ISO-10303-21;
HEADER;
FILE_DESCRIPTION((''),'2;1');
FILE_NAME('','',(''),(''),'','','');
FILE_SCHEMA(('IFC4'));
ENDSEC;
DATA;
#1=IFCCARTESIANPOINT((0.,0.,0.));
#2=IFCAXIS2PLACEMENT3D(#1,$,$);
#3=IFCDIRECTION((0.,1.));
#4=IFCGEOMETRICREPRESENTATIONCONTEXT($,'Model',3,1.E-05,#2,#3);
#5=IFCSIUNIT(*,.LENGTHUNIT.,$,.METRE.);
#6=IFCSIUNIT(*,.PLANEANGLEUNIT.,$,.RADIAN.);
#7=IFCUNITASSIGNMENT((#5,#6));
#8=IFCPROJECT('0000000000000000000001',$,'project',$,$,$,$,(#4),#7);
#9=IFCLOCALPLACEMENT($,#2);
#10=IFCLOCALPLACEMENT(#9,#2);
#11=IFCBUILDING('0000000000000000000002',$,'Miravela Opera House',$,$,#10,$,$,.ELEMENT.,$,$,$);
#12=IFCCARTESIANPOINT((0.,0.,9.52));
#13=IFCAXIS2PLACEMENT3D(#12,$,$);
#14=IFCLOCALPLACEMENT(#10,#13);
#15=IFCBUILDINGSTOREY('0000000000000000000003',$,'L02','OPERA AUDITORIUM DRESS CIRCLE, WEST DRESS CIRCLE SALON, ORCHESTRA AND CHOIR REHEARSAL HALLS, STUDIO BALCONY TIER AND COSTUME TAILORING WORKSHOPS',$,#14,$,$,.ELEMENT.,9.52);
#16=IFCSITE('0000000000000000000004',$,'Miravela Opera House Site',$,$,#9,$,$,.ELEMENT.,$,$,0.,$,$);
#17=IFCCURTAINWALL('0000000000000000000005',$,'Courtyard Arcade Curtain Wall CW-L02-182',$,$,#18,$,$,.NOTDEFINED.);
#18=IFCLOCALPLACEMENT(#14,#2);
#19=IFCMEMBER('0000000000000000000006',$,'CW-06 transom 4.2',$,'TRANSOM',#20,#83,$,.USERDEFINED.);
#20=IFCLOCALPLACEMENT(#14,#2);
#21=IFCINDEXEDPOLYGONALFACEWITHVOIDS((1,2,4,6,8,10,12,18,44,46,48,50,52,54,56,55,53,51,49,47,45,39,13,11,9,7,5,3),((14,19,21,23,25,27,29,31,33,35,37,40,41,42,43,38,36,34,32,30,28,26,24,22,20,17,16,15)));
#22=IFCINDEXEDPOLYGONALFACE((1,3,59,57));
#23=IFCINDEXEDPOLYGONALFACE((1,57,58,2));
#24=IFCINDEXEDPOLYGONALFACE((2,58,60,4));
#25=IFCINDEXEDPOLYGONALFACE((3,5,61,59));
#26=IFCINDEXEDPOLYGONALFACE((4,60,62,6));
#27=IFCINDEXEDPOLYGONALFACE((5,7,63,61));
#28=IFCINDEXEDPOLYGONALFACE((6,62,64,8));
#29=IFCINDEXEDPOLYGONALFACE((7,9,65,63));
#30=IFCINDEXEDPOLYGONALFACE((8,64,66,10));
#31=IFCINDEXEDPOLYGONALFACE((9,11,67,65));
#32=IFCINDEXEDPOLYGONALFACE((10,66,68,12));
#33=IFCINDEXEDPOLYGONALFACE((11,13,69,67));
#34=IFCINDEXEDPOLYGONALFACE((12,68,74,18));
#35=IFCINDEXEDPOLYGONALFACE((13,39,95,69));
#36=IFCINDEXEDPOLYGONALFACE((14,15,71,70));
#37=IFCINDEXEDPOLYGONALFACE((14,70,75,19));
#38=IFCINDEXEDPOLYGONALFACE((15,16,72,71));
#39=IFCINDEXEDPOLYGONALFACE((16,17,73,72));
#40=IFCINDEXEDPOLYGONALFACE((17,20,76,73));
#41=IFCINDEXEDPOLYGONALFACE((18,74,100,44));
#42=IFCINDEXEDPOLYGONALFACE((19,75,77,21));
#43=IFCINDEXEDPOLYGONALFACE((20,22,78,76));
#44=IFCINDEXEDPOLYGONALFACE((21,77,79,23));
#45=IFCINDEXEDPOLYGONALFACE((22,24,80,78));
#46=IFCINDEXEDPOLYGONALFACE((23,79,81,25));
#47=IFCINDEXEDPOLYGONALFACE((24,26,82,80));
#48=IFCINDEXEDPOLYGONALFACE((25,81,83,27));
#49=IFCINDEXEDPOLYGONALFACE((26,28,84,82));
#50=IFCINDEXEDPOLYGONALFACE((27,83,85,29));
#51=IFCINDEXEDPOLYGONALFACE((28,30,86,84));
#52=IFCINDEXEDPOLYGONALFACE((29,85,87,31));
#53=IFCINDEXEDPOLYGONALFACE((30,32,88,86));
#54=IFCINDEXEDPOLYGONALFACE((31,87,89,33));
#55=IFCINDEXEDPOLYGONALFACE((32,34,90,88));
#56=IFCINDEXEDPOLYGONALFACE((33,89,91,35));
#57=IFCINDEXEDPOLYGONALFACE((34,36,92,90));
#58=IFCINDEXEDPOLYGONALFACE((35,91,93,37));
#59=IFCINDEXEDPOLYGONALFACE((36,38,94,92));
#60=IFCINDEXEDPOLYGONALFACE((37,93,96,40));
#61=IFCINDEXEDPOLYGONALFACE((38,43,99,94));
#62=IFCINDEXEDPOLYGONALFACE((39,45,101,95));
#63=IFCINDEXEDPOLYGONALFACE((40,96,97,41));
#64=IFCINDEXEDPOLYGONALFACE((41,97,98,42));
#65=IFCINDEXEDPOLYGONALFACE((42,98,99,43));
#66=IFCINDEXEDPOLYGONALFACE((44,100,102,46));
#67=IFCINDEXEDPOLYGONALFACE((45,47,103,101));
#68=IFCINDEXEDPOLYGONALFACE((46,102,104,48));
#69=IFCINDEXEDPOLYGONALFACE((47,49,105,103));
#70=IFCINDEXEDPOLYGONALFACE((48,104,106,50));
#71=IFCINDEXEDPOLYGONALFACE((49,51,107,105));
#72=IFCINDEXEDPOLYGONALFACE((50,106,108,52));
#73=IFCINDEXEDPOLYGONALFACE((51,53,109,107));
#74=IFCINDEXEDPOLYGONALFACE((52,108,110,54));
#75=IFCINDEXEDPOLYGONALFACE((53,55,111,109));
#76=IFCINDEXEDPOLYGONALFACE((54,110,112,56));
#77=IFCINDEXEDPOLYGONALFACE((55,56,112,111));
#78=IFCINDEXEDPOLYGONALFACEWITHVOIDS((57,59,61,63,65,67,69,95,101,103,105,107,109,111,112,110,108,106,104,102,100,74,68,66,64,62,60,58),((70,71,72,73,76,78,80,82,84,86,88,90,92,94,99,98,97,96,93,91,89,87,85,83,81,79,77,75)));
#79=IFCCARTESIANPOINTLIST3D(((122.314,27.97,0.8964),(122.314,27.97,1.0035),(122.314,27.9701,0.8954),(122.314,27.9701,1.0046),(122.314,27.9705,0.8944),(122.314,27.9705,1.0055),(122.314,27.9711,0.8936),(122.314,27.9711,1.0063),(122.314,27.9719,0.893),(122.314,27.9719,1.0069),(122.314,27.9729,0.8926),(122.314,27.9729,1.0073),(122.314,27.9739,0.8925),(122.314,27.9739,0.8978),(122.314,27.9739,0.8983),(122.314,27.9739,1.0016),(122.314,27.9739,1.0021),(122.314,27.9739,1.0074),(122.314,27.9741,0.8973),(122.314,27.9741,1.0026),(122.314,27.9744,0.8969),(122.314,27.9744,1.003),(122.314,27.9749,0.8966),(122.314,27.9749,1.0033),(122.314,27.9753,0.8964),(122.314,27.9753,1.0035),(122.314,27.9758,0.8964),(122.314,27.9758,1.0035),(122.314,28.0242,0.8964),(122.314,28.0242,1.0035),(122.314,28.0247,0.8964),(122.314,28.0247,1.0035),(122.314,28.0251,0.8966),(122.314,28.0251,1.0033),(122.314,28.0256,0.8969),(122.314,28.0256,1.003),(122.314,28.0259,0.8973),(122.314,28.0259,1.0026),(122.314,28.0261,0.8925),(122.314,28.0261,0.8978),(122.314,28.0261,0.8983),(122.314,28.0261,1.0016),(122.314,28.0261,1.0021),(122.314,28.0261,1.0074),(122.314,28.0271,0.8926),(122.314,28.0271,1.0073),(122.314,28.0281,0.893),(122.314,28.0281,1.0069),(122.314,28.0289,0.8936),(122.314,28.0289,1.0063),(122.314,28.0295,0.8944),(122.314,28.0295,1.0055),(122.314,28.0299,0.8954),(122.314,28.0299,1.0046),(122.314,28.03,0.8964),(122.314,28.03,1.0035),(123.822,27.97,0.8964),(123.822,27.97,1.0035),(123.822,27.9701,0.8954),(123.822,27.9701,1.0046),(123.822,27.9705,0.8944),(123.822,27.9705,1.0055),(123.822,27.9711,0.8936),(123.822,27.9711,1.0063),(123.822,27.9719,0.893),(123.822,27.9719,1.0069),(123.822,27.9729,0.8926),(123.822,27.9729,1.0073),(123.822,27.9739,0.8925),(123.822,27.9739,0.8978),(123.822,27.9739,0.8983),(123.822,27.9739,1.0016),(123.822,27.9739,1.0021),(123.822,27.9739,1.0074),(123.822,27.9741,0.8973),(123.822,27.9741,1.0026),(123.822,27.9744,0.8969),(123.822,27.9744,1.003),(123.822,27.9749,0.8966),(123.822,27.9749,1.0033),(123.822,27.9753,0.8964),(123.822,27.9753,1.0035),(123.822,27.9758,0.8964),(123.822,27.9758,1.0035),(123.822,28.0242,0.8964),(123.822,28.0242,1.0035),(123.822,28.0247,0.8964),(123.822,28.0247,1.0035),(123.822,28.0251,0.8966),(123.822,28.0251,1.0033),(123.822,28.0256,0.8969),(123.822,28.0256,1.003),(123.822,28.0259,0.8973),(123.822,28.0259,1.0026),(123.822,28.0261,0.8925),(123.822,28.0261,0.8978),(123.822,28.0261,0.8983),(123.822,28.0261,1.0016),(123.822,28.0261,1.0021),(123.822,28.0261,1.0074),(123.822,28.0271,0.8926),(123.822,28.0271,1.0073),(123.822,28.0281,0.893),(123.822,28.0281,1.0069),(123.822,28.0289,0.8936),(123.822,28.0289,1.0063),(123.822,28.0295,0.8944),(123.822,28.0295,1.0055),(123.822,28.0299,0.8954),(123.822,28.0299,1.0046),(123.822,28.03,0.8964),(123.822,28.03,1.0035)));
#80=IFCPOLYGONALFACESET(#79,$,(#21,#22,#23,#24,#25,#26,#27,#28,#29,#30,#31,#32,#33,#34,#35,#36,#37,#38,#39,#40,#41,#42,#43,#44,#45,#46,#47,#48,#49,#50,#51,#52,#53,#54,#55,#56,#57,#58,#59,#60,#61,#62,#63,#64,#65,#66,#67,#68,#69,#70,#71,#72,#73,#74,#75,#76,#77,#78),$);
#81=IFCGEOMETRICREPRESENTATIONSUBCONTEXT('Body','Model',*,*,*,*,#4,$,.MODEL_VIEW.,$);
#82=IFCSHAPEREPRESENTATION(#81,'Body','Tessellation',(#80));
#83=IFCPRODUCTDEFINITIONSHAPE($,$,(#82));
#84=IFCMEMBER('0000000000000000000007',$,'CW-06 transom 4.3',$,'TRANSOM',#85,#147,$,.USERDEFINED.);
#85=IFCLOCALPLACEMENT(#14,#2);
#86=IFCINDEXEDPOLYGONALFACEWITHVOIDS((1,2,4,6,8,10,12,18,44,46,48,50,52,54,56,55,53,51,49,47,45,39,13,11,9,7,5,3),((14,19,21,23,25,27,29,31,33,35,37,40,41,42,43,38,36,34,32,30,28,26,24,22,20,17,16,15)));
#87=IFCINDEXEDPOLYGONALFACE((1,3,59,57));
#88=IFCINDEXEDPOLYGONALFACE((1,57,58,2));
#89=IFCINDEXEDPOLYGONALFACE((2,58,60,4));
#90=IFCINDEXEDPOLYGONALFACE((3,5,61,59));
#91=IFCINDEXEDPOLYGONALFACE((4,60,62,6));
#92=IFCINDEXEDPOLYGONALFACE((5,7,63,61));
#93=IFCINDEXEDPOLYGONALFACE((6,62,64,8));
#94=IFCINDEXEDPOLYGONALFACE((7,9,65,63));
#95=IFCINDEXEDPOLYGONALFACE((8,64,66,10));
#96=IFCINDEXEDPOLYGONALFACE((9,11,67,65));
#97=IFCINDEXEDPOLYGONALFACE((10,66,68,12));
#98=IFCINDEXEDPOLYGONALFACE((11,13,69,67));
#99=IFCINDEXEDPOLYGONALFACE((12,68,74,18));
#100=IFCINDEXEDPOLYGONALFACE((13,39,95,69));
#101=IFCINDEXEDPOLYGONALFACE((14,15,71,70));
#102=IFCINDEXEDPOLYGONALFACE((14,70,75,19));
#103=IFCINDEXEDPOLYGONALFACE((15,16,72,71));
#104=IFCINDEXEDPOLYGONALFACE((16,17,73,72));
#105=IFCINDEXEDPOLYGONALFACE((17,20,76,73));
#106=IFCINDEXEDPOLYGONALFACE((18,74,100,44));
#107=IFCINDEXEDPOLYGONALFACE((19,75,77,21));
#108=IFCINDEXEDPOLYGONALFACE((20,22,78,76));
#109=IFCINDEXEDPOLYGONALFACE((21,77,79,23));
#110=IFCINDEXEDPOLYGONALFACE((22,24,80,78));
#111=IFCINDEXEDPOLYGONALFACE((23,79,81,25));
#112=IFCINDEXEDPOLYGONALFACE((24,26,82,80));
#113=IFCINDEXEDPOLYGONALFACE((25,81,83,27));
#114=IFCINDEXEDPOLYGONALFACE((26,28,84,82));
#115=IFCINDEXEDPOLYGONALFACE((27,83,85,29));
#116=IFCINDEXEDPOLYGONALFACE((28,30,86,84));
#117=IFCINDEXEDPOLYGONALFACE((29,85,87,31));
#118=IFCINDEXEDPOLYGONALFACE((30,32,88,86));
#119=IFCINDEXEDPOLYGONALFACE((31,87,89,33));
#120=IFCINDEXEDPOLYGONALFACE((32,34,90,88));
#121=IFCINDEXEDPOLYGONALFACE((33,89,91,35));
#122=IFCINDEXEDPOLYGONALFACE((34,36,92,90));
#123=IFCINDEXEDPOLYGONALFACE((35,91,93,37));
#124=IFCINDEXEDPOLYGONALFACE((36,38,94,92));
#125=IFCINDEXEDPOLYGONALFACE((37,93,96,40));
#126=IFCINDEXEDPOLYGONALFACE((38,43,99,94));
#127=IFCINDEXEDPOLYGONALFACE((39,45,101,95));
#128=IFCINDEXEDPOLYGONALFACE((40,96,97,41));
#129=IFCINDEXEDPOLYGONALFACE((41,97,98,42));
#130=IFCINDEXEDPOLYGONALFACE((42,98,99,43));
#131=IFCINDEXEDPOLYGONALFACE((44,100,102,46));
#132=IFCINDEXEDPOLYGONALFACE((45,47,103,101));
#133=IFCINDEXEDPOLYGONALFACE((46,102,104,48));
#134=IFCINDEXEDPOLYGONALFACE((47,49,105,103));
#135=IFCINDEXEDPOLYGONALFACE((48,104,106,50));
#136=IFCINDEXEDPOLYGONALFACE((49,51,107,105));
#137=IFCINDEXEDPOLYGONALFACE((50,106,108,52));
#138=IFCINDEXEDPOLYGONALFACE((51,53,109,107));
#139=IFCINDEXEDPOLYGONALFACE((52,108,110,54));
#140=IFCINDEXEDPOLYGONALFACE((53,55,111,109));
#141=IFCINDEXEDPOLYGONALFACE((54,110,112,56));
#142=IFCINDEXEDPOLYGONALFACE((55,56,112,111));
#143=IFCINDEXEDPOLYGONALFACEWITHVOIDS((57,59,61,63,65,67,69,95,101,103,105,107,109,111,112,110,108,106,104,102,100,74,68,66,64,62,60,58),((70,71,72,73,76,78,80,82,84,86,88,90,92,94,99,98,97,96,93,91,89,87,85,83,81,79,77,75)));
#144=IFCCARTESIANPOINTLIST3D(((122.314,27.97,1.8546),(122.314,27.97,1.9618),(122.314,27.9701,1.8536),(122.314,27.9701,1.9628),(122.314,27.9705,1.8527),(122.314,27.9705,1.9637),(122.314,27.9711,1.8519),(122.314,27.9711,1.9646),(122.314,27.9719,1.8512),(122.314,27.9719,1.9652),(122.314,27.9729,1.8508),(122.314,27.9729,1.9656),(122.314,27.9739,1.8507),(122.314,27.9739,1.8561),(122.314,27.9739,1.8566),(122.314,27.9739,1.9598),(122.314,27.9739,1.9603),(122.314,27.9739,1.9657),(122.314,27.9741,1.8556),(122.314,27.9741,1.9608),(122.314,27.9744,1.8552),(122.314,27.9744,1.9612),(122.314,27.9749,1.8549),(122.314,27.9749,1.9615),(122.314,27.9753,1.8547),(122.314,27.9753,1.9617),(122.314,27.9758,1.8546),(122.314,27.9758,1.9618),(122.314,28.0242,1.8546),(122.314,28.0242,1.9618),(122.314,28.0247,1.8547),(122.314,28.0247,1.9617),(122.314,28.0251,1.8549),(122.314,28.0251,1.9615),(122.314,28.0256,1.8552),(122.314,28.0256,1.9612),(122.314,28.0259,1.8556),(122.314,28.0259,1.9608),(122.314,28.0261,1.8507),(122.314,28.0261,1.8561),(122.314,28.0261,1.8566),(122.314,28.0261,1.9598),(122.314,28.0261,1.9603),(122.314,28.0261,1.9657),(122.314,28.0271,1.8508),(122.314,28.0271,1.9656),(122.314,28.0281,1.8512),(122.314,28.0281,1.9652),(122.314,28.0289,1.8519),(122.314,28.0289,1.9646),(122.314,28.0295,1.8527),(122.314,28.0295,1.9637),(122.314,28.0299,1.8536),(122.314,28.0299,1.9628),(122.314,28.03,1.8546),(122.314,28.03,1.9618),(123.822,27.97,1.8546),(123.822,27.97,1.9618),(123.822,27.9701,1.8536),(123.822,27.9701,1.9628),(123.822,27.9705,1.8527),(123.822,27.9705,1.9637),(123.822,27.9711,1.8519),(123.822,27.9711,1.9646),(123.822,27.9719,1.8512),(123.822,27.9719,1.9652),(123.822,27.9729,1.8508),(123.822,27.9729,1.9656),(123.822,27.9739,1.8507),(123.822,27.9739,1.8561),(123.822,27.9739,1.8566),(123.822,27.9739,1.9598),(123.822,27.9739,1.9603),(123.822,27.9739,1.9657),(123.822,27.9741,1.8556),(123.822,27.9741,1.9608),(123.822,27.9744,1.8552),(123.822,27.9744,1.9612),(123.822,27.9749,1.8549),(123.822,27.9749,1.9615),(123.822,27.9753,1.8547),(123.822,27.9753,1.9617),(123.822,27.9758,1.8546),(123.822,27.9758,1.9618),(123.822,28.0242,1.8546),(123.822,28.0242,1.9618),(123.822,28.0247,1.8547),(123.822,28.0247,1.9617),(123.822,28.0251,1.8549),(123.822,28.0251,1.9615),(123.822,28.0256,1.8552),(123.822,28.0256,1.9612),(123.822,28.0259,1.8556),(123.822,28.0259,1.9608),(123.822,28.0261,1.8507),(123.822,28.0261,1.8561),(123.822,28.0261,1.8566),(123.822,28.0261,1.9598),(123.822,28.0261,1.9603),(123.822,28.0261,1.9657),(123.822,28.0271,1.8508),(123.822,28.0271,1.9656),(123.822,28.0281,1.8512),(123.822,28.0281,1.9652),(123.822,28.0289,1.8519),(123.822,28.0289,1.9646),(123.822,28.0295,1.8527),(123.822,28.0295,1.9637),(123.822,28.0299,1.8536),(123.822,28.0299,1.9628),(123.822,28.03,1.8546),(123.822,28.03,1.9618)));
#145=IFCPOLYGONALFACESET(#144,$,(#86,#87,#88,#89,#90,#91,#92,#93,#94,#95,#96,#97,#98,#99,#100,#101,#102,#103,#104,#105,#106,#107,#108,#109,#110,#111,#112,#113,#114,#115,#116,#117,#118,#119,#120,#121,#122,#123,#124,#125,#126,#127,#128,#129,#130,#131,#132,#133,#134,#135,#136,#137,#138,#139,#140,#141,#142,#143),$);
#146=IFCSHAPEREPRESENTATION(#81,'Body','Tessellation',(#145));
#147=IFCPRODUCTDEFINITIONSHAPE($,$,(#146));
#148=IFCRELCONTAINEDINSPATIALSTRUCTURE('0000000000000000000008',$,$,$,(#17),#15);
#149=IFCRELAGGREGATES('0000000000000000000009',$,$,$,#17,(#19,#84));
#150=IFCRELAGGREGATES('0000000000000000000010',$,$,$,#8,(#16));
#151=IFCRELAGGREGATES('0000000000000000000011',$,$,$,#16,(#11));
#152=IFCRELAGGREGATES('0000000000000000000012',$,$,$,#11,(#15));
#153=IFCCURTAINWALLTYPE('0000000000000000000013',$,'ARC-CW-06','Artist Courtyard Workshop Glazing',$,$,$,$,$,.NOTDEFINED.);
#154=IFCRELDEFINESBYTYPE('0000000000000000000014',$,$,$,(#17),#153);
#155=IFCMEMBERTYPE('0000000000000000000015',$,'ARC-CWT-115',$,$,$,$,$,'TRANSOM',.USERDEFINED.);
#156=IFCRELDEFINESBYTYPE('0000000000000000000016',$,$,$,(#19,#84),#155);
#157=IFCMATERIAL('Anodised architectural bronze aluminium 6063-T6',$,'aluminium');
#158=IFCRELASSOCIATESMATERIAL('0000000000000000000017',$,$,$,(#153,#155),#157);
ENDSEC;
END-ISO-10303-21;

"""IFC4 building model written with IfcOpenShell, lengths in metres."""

from ifc_helpers import new_model, si_unit, direction, frame, origin, origin_2d, place, context, subcontext, project, spatial, hollow_rectangle, extrude, material, material_profile, profile_set, type_object, element, aggregate, save


model = new_model("IFC4")

# Units and contexts
model_context = context("Model", 3, precision=1e-05, world=origin(), true_north=direction((0.0, 1.0)))
body_context = subcontext(model_context, "Body", "Model", "MODEL_VIEW")
ifc_project = project(units=[si_unit("LENGTHUNIT", "METRE"), si_unit("PLANEANGLEUNIT", "RADIAN")], contexts=[model_context])

# Site, building, storey
site_placement = place(None, origin())
site = spatial("IfcSite", under=ifc_project, at=site_placement, Name="Miravela Opera House Site", CompositionType="ELEMENT", RefElevation=0.0)
building_placement = place(site_placement, origin())
building = spatial("IfcBuilding", under=site, at=building_placement, Name="Miravela Opera House", CompositionType="ELEMENT")
storey_placement = place(building_placement, frame((0.0, 0.0, 9.52)))
storey = spatial("IfcBuildingStorey", under=building, at=storey_placement, Name="L02", Description="OPERA AUDITORIUM DRESS CIRCLE, WEST DRESS CIRCLE SALON, ORCHESTRA AND CHOIR REHEARSAL HALLS, STUDIO BALCONY TIER AND COSTUME TAILORING WORKSHOPS", CompositionType="ELEMENT", Elevation=9.52)

# Curtain wall, members
ifc_material_1 = material(Name="Anodised architectural bronze aluminium 6063-T6", Category="aluminium")
curtain_wall_type = type_object("IfcCurtainWallType", Name="ARC-CW-06", Description="Artist Courtyard Workshop Glazing", PredefinedType="NOTDEFINED", material=ifc_material_1)
curtain_wall_placement = place(storey_placement, origin())
curtain_wall = element("IfcCurtainWall", 1, at=curtain_wall_placement, inside=storey, type_object=curtain_wall_type, Name="Courtyard Arcade Curtain Wall CW-L02-182", PredefinedType="NOTDEFINED")
ifc_material_profile_1 = material_profile(ifc_material_1, hollow_rectangle(XDim=0.0601, YDim=0.115, WallThickness=0.0039, InnerFilletRadius=0.002, OuterFilletRadius=0.0039, at=origin_2d()), Name="CWT-60X115")
ifc_profile_set_1 = profile_set([ifc_material_profile_1])
member_type_1 = type_object("IfcMemberType", Name="ARC-CWT-115", ElementType="TRANSOM", PredefinedType="USERDEFINED", material=ifc_profile_set_1)
member_1_placement = place(storey_placement, frame((122.314, 28.0, 0.95), z_axis=(1.0, 0.0, 0.0), x_axis=(0.0, 1.0, 0.0)))
member_1 = element("IfcMember", 2, at=member_1_placement, type_object=member_type_1, Name="CW-06 transom 4.2", ObjectType="TRANSOM", PredefinedType="USERDEFINED", context=body_context, shape_type="SweptSolid", body=[
    extrude(hollow_rectangle(XDim=0.0601, YDim=0.115, WallThickness=0.0039, InnerFilletRadius=0.002, OuterFilletRadius=0.0039, at=origin_2d()), origin(), (0.0, 0.0, 1.0), 1.5081),
])
member_2_placement = place(storey_placement, frame((122.314, 28.0, 1.9082), z_axis=(1.0, 0.0, 0.0), x_axis=(0.0, 1.0, 0.0)))
member_2 = element("IfcMember", 3, at=member_2_placement, type_object=member_type_1, Name="CW-06 transom 4.3", ObjectType="TRANSOM", PredefinedType="USERDEFINED", context=body_context, shape_type="SweptSolid", body=[
    extrude(hollow_rectangle(XDim=0.0601, YDim=0.115, WallThickness=0.0039, InnerFilletRadius=0.002, OuterFilletRadius=0.0039, at=origin_2d()), origin(), (0.0, 0.0, 1.0), 1.5081),
])
aggregate(curtain_wall, [member_1, member_2])

save(model, "model.ifc")
